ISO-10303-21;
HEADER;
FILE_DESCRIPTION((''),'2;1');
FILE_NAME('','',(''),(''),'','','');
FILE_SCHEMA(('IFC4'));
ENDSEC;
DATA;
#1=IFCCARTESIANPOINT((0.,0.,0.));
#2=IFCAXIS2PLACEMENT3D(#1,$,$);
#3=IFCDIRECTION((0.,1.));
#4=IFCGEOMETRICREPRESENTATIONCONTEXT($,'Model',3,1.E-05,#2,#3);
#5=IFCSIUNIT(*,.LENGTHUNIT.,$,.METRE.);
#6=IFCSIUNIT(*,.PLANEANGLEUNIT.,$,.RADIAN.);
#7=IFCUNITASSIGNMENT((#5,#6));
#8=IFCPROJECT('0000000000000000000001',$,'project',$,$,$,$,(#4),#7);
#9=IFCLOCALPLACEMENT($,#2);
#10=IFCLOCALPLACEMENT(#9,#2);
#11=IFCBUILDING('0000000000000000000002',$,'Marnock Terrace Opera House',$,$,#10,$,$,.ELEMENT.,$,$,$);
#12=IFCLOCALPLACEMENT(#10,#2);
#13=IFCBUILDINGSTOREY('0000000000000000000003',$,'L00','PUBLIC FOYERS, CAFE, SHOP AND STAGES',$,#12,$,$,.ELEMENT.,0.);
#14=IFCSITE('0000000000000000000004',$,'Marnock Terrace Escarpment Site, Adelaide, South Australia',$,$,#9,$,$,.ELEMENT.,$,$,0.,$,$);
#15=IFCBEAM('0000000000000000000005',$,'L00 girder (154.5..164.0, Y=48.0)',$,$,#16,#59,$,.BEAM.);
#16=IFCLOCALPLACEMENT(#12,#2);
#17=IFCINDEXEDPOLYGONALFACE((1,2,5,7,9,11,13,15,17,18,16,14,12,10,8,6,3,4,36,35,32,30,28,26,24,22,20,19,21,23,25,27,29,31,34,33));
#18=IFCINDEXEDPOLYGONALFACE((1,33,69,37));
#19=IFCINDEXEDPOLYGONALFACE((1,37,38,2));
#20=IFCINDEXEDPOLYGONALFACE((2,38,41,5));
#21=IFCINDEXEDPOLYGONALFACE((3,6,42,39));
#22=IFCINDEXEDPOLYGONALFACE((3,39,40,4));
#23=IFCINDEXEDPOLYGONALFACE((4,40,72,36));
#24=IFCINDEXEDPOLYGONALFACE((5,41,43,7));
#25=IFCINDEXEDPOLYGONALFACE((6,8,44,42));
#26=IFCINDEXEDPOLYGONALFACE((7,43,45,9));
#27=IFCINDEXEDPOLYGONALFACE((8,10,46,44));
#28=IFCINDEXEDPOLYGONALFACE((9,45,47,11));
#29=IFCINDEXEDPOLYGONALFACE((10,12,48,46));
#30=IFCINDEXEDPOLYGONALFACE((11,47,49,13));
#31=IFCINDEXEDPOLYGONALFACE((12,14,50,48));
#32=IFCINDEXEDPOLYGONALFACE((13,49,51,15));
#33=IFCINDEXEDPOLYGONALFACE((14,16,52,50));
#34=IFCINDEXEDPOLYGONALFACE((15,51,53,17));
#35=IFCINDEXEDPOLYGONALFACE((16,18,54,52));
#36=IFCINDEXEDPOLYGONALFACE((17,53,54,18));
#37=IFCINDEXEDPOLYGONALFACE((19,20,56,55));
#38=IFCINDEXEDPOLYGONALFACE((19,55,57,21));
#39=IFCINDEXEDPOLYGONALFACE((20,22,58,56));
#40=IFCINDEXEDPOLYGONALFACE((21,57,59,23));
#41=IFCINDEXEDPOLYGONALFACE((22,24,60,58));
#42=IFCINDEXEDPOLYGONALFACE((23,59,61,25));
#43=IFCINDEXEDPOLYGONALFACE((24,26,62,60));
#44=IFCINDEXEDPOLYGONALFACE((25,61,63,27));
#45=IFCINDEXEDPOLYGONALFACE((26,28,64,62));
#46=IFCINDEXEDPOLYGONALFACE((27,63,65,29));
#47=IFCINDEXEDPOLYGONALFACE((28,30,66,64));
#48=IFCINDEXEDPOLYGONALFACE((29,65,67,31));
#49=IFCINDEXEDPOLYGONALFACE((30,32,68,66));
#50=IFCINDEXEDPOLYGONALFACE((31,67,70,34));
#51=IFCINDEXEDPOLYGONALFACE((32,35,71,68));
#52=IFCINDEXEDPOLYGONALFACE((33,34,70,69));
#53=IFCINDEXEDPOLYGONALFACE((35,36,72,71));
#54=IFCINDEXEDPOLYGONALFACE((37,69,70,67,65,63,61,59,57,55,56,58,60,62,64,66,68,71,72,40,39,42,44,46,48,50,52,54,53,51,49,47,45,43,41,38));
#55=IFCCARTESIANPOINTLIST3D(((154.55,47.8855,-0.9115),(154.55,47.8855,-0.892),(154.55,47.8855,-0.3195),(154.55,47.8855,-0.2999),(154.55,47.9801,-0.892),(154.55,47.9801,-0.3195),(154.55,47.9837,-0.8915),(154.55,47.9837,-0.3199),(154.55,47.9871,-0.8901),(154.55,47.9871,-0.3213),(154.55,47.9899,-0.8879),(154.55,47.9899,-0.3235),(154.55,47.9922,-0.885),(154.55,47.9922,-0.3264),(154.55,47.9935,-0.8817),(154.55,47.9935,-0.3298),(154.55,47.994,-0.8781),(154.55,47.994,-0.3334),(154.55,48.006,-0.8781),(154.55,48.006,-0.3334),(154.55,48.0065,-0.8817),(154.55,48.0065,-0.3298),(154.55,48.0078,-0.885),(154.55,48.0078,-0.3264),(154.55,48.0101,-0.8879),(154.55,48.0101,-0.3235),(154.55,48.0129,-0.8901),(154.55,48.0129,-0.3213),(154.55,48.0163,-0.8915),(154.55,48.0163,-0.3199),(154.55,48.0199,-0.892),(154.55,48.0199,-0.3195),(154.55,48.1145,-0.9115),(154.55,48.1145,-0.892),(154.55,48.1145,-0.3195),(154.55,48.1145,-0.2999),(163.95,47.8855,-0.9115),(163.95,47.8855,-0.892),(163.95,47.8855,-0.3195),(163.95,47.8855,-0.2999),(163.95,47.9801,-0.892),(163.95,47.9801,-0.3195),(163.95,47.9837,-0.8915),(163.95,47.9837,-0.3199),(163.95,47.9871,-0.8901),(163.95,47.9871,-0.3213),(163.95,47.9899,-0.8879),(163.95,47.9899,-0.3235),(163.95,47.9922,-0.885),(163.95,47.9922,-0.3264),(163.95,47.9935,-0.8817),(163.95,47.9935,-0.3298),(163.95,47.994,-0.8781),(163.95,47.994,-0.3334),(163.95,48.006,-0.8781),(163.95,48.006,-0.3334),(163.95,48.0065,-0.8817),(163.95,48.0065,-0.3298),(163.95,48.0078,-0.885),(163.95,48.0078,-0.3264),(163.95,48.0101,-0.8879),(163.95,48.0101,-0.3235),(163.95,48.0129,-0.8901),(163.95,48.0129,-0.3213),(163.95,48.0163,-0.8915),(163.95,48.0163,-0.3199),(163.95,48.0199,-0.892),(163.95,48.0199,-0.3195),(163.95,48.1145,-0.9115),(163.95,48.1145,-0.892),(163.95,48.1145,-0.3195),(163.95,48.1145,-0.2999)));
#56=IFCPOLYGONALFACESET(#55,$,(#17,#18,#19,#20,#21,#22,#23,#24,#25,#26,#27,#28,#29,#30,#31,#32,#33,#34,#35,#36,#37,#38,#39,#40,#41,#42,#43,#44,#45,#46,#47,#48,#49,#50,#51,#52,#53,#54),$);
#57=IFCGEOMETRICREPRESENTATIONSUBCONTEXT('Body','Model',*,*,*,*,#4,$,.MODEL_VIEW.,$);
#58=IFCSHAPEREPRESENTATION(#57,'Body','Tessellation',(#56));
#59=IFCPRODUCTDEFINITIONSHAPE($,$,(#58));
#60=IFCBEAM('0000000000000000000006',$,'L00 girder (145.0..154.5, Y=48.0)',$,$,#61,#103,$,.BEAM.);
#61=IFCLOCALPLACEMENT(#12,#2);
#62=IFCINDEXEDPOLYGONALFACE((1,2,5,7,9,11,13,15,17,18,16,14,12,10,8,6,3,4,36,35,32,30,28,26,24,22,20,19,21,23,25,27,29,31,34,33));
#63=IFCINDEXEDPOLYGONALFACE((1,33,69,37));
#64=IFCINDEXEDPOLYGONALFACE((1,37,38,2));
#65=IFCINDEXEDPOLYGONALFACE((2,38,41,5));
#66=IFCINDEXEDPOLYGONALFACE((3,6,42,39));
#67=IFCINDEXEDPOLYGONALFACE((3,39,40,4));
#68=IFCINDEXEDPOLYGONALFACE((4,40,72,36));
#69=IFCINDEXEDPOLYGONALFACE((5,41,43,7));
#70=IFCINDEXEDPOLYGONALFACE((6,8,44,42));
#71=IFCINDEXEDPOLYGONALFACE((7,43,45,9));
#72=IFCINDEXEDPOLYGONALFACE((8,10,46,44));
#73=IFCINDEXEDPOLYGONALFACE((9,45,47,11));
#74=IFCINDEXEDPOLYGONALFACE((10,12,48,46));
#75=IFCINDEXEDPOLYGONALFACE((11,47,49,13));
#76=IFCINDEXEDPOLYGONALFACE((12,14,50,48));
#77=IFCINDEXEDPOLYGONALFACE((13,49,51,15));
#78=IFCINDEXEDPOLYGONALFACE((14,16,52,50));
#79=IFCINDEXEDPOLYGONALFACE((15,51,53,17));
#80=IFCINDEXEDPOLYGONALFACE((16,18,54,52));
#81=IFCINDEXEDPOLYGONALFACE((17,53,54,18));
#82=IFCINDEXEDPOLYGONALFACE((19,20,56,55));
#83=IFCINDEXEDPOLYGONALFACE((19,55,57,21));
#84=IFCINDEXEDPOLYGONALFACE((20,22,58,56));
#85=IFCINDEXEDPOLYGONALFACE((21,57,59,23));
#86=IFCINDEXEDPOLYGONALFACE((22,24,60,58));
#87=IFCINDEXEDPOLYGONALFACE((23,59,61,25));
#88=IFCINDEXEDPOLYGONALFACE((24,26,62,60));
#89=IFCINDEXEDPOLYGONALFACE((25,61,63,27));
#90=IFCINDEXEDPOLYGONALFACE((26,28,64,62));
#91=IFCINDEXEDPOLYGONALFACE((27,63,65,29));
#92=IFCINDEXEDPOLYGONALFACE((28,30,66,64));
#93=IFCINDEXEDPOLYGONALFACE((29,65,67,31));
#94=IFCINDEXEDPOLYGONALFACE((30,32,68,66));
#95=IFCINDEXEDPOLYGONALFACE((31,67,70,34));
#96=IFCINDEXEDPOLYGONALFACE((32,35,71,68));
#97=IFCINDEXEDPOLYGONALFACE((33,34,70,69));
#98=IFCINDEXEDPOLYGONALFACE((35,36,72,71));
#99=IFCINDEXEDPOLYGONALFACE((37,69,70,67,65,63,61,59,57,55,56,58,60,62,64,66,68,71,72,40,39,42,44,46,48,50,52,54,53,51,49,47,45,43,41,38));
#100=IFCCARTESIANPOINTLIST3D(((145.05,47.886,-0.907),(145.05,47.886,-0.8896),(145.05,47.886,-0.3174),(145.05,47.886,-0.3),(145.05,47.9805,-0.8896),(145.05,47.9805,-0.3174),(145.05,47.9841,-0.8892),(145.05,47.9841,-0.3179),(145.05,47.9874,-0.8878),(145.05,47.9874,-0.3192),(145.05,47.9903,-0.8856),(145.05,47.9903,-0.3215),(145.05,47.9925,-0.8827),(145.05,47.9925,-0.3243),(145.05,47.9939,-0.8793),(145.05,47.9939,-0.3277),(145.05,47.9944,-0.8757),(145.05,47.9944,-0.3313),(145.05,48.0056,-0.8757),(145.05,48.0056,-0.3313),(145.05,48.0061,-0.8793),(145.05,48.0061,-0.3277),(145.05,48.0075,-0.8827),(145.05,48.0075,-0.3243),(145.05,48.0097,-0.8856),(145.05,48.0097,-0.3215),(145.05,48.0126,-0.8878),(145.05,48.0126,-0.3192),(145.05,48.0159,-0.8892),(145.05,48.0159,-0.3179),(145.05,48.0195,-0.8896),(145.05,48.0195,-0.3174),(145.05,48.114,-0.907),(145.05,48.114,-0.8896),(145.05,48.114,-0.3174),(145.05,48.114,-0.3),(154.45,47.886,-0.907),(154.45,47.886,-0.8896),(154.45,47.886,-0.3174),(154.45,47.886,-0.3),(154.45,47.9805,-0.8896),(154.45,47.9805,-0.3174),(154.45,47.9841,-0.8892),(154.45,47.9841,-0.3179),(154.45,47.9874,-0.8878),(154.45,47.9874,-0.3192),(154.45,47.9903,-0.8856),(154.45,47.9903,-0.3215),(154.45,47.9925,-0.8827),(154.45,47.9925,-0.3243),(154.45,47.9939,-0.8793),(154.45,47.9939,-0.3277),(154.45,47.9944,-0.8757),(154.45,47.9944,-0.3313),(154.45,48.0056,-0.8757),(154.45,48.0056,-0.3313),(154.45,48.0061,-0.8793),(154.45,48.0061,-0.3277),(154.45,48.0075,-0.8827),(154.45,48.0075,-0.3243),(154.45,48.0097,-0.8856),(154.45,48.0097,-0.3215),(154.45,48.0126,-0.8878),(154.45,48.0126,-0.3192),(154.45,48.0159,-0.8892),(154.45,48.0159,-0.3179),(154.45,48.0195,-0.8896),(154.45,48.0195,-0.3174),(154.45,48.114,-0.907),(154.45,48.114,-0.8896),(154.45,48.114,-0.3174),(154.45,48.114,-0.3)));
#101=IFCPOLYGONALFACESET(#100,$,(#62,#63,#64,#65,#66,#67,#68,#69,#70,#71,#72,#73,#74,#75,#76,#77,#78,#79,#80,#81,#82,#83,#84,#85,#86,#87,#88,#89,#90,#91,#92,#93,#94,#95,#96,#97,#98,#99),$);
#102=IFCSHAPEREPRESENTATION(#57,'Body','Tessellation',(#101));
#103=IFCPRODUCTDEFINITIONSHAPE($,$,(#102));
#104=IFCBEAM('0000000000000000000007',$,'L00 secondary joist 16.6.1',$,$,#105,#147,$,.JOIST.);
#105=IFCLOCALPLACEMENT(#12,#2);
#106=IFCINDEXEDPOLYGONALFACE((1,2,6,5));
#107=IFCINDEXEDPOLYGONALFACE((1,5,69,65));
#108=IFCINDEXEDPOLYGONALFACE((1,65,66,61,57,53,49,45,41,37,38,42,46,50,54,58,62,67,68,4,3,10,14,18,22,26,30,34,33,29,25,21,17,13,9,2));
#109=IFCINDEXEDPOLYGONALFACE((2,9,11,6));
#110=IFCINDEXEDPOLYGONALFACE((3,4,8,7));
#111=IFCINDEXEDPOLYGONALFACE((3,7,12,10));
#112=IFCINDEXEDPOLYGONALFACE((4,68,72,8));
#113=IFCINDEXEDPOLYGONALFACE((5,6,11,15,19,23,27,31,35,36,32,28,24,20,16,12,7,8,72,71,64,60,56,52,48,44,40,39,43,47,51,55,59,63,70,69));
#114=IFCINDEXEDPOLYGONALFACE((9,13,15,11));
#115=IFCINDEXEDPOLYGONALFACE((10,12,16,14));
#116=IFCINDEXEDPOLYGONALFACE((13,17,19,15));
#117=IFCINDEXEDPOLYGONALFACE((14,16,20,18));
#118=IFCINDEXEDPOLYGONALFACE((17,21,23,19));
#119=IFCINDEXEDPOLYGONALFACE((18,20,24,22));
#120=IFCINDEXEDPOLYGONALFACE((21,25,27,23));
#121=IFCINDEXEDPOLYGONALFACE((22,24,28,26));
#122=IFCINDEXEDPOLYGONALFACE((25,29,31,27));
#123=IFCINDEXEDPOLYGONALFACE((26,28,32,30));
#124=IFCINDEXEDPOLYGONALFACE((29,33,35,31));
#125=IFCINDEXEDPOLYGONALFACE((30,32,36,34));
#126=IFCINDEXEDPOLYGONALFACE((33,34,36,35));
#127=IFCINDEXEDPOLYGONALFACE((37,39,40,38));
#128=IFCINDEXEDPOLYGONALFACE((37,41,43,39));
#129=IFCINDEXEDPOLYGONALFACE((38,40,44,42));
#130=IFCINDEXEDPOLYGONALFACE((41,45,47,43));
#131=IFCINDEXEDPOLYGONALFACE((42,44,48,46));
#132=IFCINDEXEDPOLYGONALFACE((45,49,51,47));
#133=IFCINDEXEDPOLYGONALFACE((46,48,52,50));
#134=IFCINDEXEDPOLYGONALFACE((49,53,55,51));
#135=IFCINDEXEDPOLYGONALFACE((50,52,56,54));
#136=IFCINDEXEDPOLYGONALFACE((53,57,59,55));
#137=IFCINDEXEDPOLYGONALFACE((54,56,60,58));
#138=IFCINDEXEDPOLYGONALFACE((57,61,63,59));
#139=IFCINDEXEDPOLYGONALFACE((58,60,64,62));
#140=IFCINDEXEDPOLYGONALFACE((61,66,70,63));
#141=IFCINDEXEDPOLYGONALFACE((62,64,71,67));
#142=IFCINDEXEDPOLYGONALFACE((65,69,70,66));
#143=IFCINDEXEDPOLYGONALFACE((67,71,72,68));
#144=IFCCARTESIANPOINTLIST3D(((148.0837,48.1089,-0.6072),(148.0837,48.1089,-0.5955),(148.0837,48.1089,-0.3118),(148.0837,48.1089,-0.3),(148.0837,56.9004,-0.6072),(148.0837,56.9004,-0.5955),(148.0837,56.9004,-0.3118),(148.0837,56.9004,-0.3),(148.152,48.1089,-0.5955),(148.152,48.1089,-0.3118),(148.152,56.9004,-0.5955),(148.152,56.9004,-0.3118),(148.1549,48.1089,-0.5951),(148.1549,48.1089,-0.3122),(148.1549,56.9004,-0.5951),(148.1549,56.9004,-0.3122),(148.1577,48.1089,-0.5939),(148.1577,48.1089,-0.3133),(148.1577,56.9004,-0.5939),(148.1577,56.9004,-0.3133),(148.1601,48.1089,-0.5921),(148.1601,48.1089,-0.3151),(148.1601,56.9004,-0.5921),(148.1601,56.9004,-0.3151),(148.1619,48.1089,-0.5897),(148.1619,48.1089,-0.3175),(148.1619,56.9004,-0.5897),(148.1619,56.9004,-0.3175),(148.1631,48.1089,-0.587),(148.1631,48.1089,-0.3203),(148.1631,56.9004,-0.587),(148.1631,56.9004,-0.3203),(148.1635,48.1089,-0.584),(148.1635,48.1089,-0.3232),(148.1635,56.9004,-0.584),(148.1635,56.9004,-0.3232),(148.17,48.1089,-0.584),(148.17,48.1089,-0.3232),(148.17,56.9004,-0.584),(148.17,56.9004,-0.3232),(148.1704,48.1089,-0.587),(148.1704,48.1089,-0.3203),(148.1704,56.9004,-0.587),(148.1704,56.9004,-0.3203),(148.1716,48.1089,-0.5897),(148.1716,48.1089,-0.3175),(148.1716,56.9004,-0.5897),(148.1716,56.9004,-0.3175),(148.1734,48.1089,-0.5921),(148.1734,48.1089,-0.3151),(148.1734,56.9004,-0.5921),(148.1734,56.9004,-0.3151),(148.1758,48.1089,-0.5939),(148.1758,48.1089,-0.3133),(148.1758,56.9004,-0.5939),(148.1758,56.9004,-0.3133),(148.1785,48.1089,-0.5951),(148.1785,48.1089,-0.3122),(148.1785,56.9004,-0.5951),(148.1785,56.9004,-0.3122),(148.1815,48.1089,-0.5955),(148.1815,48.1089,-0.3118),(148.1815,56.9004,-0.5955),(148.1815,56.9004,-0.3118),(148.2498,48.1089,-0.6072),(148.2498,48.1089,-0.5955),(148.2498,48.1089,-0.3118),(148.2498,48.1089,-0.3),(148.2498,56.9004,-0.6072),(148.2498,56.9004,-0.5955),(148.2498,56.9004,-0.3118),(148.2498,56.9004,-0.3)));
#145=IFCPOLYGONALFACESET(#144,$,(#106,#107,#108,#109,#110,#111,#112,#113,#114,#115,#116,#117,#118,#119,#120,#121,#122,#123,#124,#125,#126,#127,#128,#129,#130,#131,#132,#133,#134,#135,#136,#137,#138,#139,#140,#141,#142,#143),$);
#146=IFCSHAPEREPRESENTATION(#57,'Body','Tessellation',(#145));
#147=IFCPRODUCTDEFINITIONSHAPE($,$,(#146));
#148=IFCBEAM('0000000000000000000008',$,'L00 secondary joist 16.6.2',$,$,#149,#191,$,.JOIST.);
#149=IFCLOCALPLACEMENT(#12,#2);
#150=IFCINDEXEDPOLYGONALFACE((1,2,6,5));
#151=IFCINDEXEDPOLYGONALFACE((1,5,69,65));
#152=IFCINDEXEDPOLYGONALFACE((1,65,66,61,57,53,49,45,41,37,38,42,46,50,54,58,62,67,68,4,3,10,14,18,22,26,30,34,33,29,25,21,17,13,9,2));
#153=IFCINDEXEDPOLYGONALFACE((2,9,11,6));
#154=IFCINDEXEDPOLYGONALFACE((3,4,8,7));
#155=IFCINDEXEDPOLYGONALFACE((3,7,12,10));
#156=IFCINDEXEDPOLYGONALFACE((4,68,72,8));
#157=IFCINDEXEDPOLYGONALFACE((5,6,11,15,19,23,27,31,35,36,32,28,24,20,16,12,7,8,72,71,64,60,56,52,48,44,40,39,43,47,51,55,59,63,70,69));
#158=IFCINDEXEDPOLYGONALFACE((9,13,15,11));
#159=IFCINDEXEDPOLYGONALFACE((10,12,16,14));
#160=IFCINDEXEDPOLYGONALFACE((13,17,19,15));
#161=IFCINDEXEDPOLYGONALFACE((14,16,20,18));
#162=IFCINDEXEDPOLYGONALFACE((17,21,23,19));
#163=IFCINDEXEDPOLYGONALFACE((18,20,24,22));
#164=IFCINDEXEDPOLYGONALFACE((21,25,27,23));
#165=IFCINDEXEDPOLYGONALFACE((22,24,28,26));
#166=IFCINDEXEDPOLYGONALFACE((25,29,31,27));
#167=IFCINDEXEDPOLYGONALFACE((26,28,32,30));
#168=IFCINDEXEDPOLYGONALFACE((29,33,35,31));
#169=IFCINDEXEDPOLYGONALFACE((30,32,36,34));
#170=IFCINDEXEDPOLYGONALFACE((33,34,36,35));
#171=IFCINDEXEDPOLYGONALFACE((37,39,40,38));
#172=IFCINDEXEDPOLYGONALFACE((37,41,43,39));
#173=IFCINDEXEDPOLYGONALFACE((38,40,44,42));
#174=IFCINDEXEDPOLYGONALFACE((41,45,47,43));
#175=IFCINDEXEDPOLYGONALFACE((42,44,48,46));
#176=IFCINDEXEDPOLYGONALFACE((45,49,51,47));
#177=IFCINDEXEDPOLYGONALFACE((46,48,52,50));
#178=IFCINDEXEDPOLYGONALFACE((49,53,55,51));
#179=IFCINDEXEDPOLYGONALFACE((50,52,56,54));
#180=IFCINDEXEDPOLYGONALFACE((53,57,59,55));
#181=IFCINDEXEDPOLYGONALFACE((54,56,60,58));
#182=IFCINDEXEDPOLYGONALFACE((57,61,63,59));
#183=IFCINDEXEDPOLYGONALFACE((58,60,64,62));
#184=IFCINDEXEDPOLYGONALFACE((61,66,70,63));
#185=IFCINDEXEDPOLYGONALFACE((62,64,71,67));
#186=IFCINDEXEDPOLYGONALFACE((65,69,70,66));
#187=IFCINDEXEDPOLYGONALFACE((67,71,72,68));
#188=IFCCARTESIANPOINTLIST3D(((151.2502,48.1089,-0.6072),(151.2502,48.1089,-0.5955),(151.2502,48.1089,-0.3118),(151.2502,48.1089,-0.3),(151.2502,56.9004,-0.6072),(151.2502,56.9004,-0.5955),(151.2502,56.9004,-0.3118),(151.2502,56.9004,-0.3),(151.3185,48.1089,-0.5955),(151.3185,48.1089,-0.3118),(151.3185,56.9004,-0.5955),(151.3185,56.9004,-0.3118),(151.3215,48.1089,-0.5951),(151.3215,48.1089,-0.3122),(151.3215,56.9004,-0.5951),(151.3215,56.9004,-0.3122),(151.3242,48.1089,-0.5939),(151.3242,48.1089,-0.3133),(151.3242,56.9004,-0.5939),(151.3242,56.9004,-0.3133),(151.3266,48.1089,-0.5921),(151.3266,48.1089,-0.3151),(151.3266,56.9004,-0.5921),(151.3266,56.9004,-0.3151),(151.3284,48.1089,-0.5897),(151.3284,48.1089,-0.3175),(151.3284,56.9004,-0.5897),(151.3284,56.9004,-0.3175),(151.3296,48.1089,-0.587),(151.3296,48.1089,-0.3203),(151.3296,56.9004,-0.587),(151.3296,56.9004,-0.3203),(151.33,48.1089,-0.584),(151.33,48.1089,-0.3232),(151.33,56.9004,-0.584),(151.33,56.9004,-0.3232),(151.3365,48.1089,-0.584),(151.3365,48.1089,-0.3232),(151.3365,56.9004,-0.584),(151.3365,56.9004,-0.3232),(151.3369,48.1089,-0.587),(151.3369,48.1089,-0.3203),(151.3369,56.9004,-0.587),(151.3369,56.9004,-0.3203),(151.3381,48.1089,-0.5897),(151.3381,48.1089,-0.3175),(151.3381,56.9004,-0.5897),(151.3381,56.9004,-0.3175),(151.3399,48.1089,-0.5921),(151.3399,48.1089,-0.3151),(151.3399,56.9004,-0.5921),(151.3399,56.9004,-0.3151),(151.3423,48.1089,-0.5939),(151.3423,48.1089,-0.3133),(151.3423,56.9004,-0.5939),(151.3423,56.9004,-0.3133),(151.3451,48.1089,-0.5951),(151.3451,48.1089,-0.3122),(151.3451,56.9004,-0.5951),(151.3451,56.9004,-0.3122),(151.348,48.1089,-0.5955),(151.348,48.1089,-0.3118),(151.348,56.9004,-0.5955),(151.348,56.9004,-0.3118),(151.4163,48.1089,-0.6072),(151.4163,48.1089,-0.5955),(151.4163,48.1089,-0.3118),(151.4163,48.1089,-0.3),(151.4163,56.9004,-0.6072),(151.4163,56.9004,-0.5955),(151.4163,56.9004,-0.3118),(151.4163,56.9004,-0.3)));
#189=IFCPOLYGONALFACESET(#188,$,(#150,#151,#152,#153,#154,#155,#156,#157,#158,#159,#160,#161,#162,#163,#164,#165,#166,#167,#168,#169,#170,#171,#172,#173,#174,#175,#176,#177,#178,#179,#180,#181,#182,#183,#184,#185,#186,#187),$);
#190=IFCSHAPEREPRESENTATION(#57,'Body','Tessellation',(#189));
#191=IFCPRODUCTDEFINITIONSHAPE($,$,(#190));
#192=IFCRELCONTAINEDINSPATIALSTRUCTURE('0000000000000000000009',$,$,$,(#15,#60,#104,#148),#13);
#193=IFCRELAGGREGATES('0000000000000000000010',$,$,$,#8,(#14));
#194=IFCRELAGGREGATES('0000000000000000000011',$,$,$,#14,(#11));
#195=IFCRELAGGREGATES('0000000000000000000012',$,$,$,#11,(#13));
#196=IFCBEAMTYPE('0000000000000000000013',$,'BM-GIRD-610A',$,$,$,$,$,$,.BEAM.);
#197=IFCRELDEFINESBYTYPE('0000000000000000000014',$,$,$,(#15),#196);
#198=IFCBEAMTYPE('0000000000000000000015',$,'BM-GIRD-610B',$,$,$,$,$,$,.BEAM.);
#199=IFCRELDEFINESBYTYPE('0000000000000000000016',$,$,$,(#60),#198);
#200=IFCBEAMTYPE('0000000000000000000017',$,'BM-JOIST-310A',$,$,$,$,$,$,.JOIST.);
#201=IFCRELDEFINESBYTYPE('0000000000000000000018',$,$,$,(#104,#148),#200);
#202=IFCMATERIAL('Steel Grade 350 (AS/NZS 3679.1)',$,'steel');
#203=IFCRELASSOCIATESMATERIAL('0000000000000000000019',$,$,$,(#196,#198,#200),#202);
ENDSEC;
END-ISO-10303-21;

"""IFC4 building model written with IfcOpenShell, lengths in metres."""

from ifc_helpers import new_model, si_unit, direction, frame, origin, origin_2d, place, context, subcontext, project, spatial, i_section, extrude, material, material_profile, profile_set, type_object, element, save


model = new_model("IFC4")

# Units and contexts
model_context = context("Model", 3, precision=1e-05, world=origin(), true_north=direction((0.0, 1.0)))
body_context = subcontext(model_context, "Body", "Model", "MODEL_VIEW")
ifc_project = project(units=[si_unit("LENGTHUNIT", "METRE"), si_unit("PLANEANGLEUNIT", "RADIAN")], contexts=[model_context])

# Site, building, storey
site_placement = place(None, origin())
site = spatial("IfcSite", under=ifc_project, at=site_placement, Name="Marnock Terrace Escarpment Site, Adelaide, South Australia", CompositionType="ELEMENT", RefElevation=0.0)
building_placement = place(site_placement, origin())
building = spatial("IfcBuilding", under=site, at=building_placement, Name="Marnock Terrace Opera House", CompositionType="ELEMENT")
storey_placement = place(building_placement, origin())
storey = spatial("IfcBuildingStorey", under=building, at=storey_placement, Name="L00", Description="PUBLIC FOYERS, CAFE, SHOP AND STAGES", CompositionType="ELEMENT", Elevation=0.0)

# Beams
ifc_material_1 = material(Name="Steel Grade 350 (AS/NZS 3679.1)", Category="steel")
ifc_material_profile_1 = material_profile(ifc_material_1, i_section(OverallWidth=0.229, OverallDepth=0.6116, WebThickness=0.012, FlangeThickness=0.0195, FilletRadius=0.0139, at=origin_2d()))
ifc_profile_set_1 = profile_set([ifc_material_profile_1], Name="Steel Grade 350 (AS/NZS 3679.1)")
beam_type_1 = type_object("IfcBeamType", Name="BM-GIRD-610A", PredefinedType="BEAM", material=ifc_profile_set_1)
beam_1_placement = place(storey_placement, frame((154.55, 48.0, -0.6057), z_axis=(1.0, 0.0, 0.0), x_axis=(0.0, 1.0, 0.0)))
element("IfcBeam", 1, at=beam_1_placement, inside=storey, type_object=beam_type_1, Name="L00 girder (154.5..164.0, Y=48.0)", PredefinedType="BEAM", context=body_context, shape_type="SweptSolid", body=[
    extrude(i_section(OverallWidth=0.229, OverallDepth=0.6116, WebThickness=0.012, FlangeThickness=0.0195, FilletRadius=0.0139, at=origin_2d()), origin(), (0.0, 0.0, 1.0), 9.3999),
])
ifc_material_profile_2 = material_profile(ifc_material_1, i_section(OverallWidth=0.228, OverallDepth=0.6069, WebThickness=0.0112, FlangeThickness=0.0173, FilletRadius=0.0139, at=origin_2d()))
ifc_profile_set_2 = profile_set([ifc_material_profile_2], Name="Steel Grade 350 (AS/NZS 3679.1)")
beam_type_2 = type_object("IfcBeamType", Name="BM-GIRD-610B", PredefinedType="BEAM", material=ifc_profile_set_2)
beam_2_placement = place(storey_placement, frame((145.05, 48.0, -0.6035), z_axis=(1.0, 0.0, 0.0), x_axis=(0.0, 1.0, 0.0)))
element("IfcBeam", 2, at=beam_2_placement, inside=storey, type_object=beam_type_2, Name="L00 girder (145.0..154.5, Y=48.0)", PredefinedType="BEAM", context=body_context, shape_type="SweptSolid", body=[
    extrude(i_section(OverallWidth=0.228, OverallDepth=0.6069, WebThickness=0.0112, FlangeThickness=0.0173, FilletRadius=0.0139, at=origin_2d()), origin(), (0.0, 0.0, 1.0), 9.3999),
])
ifc_material_profile_3 = material_profile(ifc_material_1, i_section(OverallWidth=0.166, OverallDepth=0.3071, WebThickness=0.0066, FlangeThickness=0.0117, FilletRadius=0.0115, at=origin_2d()))
ifc_profile_set_3 = profile_set([ifc_material_profile_3], Name="Steel Grade 350 (AS/NZS 3679.1)")
beam_type_3 = type_object("IfcBeamType", Name="BM-JOIST-310A", PredefinedType="JOIST", material=ifc_profile_set_3)
for number, where, z_axis, x_axis, name in (
    (3, (148.1667, 48.1089, -0.4536), (0.0, 1.0, 0.0), (-1.0, 0.0, 0.0), "L00 secondary joist 16.6.1"),
    (4, (151.3333, 48.1089, -0.4536), (0.0, 1.0, 0.0), (-1.0, 0.0, 0.0), "L00 secondary joist 16.6.2"),
):
    element("IfcBeam", number, at=place(storey_placement, frame(where, z_axis=z_axis, x_axis=x_axis)), inside=storey, type_object=beam_type_3, Name=name, PredefinedType="JOIST", context=body_context, shape_type="SweptSolid", body=[
        extrude(i_section(OverallWidth=0.166, OverallDepth=0.3071, WebThickness=0.0066, FlangeThickness=0.0117, FilletRadius=0.0115, at=origin_2d()), origin(), (0.0, 0.0, 1.0), 8.7915),
    ])

save(model, "model.ifc")
